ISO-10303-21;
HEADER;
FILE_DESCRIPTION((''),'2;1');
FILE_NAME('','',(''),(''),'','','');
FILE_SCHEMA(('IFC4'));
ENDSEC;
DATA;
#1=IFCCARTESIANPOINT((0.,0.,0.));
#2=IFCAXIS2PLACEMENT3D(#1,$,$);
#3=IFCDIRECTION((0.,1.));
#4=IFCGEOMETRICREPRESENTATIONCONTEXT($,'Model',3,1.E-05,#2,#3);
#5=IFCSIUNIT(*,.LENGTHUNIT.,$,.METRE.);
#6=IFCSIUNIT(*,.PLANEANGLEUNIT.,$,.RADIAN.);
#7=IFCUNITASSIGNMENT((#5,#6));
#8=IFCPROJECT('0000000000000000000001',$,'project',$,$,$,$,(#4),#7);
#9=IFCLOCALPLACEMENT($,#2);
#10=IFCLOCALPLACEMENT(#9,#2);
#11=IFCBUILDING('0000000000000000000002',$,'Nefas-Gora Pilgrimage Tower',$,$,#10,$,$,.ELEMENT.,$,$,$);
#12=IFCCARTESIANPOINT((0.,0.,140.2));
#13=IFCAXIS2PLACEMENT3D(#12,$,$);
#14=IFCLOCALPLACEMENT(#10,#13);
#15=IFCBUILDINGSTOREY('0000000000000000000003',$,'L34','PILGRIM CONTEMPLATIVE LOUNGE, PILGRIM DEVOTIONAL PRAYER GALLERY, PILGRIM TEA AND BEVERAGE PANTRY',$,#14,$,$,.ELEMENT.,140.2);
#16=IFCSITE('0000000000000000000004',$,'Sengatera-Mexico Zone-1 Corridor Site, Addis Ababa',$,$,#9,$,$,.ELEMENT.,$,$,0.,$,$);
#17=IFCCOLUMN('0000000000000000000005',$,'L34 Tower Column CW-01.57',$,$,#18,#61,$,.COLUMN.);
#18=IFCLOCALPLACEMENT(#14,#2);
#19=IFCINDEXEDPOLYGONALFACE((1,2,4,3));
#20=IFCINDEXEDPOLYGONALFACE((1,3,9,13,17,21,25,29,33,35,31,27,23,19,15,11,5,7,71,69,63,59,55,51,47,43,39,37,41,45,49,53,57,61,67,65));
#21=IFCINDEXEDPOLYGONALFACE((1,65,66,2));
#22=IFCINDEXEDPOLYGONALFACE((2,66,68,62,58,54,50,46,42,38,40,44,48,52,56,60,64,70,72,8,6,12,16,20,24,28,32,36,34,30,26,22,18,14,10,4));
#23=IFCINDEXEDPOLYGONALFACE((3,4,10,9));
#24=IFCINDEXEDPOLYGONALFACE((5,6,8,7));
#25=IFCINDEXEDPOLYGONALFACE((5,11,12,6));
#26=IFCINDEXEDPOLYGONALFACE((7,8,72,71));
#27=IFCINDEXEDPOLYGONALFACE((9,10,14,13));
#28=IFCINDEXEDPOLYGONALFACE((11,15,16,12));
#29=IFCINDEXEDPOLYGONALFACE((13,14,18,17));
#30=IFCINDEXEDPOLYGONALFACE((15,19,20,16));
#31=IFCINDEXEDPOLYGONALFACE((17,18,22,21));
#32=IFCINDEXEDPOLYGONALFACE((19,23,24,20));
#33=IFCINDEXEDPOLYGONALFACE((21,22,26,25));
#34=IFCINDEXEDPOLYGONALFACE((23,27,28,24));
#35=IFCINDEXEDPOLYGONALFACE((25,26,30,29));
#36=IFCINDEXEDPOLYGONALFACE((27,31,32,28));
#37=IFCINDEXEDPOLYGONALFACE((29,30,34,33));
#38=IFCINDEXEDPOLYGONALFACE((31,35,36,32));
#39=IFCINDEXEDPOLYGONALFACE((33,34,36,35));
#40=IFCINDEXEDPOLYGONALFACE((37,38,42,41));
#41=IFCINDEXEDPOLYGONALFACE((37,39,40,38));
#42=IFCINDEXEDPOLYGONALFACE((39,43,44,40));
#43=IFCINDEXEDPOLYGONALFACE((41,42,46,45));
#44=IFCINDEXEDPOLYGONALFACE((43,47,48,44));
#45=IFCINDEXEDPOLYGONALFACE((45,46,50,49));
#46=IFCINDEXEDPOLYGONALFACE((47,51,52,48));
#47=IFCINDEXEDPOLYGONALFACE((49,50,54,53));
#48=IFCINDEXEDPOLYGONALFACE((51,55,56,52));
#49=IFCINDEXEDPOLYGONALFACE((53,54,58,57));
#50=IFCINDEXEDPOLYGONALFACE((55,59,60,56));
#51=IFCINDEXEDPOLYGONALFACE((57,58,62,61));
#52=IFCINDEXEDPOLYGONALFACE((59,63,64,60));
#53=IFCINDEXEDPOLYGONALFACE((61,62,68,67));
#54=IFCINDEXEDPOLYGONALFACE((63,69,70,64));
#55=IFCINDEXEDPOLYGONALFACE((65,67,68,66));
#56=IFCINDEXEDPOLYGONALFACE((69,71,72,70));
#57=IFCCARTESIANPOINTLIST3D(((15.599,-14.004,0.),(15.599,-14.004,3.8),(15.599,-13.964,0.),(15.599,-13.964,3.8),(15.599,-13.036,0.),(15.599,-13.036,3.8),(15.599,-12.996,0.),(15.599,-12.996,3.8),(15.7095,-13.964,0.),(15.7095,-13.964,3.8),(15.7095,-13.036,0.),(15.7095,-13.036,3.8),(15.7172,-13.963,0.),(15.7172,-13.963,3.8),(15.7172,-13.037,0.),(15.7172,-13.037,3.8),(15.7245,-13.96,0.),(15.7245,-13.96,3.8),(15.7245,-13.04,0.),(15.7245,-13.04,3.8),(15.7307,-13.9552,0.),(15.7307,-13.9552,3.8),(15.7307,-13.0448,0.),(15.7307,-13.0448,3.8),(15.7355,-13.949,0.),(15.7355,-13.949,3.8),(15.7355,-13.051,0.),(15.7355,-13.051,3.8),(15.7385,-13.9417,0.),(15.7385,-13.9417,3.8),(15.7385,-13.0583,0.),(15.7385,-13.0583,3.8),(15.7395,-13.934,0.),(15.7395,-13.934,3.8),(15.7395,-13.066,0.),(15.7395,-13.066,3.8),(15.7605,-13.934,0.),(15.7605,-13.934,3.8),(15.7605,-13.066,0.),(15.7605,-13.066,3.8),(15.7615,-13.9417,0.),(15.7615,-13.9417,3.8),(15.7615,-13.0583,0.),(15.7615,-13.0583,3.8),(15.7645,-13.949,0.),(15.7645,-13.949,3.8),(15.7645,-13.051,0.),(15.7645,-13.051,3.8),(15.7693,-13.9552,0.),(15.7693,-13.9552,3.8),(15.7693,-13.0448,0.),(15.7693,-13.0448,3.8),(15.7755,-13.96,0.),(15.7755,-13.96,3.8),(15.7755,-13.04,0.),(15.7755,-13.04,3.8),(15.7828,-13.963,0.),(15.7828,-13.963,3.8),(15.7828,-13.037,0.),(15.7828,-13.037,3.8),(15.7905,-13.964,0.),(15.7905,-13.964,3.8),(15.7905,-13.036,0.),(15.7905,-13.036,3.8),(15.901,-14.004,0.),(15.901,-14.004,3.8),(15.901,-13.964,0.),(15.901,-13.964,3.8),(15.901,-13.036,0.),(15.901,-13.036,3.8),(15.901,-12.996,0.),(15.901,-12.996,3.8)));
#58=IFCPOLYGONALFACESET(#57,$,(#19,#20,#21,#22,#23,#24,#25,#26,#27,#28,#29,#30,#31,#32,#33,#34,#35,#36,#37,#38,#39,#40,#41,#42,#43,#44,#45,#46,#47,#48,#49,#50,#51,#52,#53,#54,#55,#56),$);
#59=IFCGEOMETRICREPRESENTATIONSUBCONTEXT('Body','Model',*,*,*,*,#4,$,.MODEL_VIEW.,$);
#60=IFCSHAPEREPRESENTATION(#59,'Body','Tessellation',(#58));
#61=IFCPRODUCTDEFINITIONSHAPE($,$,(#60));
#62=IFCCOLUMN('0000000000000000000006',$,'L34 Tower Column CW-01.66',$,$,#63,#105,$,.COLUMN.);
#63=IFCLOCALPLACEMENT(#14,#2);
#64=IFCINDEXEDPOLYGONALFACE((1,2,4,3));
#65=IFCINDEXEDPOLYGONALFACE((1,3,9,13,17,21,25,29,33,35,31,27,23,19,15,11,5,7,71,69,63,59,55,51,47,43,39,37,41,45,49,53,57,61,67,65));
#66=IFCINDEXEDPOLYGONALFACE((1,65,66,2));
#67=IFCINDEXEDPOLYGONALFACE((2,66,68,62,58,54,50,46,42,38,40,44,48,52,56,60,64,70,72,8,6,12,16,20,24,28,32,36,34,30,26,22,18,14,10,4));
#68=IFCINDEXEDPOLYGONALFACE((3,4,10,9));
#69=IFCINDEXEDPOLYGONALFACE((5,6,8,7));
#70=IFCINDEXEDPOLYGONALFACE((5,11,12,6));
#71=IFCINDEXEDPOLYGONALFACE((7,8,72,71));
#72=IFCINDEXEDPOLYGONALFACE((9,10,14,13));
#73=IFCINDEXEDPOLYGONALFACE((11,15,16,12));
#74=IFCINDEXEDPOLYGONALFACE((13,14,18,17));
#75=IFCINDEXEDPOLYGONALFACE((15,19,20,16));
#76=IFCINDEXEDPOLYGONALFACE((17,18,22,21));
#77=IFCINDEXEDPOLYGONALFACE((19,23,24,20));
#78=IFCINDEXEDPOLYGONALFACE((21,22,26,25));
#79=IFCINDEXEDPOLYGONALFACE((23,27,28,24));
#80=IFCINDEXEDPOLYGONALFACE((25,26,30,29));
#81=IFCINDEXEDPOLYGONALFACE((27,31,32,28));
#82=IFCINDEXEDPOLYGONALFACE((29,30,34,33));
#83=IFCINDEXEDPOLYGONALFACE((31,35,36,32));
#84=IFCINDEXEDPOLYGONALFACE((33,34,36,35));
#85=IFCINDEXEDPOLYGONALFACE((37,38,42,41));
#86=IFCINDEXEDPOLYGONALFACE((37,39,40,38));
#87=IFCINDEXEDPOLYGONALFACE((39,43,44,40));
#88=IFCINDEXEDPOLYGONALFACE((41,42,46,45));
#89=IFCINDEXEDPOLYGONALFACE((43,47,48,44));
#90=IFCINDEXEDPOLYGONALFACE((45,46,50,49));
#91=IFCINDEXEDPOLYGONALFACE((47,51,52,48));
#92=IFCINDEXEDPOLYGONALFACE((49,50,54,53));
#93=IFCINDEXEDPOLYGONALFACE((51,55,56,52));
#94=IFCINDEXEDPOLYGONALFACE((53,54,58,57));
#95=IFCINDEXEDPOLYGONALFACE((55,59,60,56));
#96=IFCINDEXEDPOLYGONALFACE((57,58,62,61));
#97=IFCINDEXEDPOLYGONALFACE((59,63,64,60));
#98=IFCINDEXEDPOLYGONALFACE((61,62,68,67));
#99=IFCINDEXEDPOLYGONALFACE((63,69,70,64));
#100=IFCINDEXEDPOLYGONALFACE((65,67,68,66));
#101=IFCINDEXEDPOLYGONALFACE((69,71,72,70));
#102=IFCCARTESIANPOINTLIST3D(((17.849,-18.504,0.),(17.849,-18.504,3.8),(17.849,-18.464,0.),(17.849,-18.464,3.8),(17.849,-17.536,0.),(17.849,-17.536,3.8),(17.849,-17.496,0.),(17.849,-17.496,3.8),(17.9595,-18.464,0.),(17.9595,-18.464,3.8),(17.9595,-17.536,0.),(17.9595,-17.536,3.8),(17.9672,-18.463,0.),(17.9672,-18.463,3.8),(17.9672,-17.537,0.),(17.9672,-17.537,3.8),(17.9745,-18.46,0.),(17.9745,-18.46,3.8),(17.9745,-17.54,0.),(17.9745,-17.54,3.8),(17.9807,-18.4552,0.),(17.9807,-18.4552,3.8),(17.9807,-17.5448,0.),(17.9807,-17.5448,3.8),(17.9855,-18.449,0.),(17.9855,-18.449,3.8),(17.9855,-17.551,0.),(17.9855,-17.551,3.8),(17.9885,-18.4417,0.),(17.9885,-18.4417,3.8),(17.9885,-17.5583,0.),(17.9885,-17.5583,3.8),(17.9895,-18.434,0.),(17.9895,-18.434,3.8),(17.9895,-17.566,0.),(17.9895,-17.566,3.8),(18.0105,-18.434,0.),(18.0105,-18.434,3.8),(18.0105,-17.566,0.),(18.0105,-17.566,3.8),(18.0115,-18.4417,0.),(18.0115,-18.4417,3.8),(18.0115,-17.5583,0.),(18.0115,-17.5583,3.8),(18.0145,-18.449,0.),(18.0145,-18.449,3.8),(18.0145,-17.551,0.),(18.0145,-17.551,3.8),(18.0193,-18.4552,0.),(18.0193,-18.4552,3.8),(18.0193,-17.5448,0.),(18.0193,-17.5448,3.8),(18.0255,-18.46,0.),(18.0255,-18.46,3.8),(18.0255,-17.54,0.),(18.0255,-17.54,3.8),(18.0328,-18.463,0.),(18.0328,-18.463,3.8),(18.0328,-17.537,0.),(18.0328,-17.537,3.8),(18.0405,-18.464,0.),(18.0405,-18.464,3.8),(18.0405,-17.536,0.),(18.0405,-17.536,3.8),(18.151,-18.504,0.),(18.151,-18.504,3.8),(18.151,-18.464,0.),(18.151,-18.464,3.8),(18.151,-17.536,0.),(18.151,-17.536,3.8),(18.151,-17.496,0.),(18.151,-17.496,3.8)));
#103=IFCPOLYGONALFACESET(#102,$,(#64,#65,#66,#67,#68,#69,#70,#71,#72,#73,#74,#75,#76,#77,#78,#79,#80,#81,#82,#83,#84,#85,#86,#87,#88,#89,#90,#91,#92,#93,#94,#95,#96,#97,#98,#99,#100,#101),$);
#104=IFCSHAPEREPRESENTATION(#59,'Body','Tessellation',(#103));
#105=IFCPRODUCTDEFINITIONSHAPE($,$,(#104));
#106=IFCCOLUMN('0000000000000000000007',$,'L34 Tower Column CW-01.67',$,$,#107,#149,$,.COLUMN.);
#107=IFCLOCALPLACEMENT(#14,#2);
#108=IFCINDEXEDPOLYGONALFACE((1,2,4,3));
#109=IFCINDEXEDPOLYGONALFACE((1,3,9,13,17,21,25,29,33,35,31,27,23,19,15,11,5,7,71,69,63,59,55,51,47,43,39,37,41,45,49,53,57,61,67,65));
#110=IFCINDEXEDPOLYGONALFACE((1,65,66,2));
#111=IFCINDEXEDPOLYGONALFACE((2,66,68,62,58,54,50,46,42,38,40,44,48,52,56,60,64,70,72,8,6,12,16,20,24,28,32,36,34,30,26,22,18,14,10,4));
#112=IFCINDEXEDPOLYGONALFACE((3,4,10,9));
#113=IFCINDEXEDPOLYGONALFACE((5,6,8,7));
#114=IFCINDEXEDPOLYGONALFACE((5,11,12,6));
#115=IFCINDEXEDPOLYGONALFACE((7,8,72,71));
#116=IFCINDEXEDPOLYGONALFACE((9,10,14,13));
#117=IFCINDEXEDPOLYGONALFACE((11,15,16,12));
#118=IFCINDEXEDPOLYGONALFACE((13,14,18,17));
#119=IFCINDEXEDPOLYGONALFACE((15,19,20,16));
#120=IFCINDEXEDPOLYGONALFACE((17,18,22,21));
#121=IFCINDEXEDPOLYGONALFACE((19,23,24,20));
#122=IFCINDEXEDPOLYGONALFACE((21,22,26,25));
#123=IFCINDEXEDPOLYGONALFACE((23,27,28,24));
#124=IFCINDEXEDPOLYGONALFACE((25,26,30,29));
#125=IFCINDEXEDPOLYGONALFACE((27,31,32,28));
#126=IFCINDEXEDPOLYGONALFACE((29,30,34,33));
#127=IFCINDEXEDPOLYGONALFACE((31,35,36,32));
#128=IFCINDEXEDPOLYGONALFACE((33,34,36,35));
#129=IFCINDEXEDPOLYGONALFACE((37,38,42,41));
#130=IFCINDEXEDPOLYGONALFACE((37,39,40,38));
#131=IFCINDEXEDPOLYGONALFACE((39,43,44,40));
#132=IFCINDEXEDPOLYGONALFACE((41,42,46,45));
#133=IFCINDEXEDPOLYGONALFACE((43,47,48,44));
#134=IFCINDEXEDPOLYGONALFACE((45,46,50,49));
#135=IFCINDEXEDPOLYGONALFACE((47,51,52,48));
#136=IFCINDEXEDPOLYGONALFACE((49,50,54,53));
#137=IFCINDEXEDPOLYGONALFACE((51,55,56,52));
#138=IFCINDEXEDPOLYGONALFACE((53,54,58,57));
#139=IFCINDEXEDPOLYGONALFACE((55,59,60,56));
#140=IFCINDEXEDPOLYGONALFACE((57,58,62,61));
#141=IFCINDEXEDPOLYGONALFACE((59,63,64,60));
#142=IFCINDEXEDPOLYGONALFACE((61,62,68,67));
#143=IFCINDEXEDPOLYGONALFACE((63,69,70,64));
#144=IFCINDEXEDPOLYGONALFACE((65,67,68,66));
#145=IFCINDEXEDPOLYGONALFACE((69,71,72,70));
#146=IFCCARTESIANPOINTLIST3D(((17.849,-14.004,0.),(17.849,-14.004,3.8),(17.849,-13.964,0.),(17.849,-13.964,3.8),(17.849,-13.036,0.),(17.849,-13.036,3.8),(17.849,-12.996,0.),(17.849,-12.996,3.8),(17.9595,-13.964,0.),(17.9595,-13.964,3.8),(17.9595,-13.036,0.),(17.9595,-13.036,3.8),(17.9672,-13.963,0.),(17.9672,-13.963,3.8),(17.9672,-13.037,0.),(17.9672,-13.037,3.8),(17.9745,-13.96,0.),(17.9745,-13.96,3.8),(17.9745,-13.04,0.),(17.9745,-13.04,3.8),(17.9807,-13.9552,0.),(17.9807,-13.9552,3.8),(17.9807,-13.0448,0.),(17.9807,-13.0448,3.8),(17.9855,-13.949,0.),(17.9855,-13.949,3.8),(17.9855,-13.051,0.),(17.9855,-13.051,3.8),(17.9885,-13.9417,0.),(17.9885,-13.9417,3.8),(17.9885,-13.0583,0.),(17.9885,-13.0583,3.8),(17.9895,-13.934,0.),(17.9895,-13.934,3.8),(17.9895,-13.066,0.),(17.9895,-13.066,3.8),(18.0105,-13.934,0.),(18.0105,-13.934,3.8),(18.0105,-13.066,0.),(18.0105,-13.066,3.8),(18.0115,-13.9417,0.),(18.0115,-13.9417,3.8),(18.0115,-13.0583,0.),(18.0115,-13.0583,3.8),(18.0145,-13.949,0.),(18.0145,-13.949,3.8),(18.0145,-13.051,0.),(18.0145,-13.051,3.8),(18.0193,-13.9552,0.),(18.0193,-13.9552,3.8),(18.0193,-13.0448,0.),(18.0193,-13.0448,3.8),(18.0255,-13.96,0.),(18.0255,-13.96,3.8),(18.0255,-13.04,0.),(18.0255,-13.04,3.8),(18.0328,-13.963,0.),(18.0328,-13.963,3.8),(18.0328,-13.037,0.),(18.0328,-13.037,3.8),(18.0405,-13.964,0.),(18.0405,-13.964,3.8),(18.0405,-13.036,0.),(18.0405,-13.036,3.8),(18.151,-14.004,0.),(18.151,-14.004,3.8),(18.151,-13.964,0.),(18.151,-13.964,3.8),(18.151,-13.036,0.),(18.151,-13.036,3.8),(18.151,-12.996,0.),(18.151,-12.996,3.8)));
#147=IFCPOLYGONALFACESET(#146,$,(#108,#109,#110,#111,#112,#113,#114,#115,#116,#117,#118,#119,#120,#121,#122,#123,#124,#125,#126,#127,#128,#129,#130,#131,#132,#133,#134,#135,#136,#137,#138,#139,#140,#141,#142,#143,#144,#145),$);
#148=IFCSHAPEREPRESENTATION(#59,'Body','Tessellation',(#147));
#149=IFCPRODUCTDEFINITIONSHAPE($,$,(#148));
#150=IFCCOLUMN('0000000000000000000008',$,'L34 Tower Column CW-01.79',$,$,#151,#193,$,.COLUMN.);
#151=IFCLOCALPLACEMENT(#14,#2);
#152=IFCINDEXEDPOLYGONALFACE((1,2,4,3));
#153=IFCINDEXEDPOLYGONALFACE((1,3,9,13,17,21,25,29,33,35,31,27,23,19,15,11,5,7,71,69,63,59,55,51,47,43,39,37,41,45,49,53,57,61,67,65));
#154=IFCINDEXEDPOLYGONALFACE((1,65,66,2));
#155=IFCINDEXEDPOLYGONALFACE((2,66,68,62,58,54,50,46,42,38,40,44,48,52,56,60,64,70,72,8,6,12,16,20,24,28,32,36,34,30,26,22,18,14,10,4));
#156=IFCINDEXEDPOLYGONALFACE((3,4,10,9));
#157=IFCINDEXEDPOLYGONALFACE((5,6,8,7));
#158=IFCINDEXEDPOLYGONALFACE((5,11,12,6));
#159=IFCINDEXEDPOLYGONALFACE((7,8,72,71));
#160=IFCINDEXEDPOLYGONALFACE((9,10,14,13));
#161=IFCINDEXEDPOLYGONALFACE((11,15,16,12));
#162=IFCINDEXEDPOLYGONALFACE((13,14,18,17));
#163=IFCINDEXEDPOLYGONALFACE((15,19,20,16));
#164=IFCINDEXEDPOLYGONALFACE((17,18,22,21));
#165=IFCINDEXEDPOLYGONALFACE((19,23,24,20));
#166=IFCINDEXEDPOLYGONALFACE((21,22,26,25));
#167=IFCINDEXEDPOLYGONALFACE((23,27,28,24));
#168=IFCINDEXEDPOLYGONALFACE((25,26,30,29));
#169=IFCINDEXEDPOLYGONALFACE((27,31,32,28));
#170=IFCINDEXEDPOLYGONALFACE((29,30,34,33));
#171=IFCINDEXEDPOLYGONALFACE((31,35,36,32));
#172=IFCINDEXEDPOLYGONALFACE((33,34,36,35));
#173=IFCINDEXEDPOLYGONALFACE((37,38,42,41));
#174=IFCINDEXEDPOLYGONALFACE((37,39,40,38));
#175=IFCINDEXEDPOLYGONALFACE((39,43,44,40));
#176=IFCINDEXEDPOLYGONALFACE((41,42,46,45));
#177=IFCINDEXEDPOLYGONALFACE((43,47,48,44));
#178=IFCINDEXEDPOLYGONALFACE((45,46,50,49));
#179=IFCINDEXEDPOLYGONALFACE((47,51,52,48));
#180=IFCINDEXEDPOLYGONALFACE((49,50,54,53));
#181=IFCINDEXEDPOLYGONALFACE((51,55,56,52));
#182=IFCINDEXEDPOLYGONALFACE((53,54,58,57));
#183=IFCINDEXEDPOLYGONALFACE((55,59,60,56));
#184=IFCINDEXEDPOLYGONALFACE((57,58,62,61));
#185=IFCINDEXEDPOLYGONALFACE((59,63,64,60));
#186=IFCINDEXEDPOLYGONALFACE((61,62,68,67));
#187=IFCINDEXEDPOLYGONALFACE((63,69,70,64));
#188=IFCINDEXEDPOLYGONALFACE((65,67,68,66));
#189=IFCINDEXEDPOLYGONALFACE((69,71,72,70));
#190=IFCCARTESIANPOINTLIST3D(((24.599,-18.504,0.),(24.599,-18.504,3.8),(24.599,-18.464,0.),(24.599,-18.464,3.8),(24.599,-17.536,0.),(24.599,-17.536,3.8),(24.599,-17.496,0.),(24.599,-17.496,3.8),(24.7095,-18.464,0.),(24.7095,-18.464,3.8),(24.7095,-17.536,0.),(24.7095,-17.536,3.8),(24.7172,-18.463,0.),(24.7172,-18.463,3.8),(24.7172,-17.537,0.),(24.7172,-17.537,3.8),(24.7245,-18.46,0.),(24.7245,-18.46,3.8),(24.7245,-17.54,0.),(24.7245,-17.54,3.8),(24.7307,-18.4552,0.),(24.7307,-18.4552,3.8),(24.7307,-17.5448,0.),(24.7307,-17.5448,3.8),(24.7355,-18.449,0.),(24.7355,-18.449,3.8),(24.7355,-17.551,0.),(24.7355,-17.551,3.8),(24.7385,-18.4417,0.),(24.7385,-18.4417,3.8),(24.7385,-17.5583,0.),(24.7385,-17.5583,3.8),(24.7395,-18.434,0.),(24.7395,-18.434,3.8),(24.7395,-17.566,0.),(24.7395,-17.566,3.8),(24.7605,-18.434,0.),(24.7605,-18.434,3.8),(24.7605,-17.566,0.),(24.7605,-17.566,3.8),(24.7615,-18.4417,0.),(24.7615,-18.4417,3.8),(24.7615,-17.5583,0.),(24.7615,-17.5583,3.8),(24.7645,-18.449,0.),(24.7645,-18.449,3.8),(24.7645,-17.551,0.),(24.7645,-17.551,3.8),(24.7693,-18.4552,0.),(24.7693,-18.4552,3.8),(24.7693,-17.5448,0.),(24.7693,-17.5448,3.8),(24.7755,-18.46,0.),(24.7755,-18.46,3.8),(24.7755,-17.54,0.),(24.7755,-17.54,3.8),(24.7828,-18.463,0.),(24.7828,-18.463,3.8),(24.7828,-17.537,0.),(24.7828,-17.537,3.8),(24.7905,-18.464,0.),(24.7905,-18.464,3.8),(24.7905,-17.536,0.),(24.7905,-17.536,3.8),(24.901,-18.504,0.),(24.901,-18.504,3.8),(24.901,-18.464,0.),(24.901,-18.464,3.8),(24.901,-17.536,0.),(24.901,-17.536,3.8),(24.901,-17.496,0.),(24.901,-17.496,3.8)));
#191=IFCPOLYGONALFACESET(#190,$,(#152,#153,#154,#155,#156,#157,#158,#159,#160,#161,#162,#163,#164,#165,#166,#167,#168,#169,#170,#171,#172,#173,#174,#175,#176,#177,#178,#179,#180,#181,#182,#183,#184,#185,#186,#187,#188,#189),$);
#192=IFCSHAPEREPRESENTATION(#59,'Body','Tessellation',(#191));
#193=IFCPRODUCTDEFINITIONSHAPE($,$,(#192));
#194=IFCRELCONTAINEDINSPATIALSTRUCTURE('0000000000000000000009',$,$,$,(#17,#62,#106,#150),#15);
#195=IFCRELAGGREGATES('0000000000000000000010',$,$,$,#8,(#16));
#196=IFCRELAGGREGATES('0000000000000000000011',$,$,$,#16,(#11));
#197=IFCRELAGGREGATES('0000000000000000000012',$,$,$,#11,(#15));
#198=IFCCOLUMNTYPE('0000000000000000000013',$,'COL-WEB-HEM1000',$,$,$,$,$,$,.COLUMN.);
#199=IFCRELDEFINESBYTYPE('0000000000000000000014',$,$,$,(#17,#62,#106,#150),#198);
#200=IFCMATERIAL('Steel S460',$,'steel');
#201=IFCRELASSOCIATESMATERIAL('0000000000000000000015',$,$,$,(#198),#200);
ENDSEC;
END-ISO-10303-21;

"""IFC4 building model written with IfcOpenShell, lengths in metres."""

from ifc_helpers import new_model, si_unit, direction, frame, origin, origin_2d, place, context, subcontext, project, spatial, i_section, extrude, source, transform, mapped, material, material_profile, profile_set, type_object, element, save


model = new_model("IFC4")

# Units and contexts
model_context = context("Model", 3, precision=1e-05, world=origin(), true_north=direction((0.0, 1.0)))
body_context = subcontext(model_context, "Body", "Model", "MODEL_VIEW")
ifc_project = project(units=[si_unit("LENGTHUNIT", "METRE"), si_unit("PLANEANGLEUNIT", "RADIAN")], contexts=[model_context])

# Site, building, storey
site_placement = place(None, origin())
site = spatial("IfcSite", under=ifc_project, at=site_placement, Name="Sengatera-Mexico Zone-1 Corridor Site, Addis Ababa", CompositionType="ELEMENT", RefElevation=0.0)
building_placement = place(site_placement, origin())
building = spatial("IfcBuilding", under=site, at=building_placement, Name="Nefas-Gora Pilgrimage Tower", CompositionType="ELEMENT")
storey_placement = place(building_placement, frame((0.0, 0.0, 140.2)))
storey = spatial("IfcBuildingStorey", under=building, at=storey_placement, Name="L34", Description="PILGRIM CONTEMPLATIVE LOUNGE, PILGRIM DEVOTIONAL PRAYER GALLERY, PILGRIM TEA AND BEVERAGE PANTRY", CompositionType="ELEMENT", Elevation=140.2)

# Columns
ifc_material_1 = material(Name="Steel S460", Category="steel")
ifc_material_profile_1 = material_profile(ifc_material_1, i_section(OverallWidth=0.302, OverallDepth=1.0081, WebThickness=0.021, FlangeThickness=0.04, FilletRadius=0.03, at=origin_2d()), Name="HEM 1000")
ifc_profile_set_1 = profile_set([ifc_material_profile_1], Name="Steel S460")
column_type_1 = type_object("IfcColumnType", Name="COL-WEB-HEM1000", PredefinedType="COLUMN", material=ifc_profile_set_1)
shared_shape_1 = source(origin(), body_context, "Body", "SweptSolid", [
    extrude(i_section(OverallWidth=0.302, OverallDepth=1.0081, WebThickness=0.021, FlangeThickness=0.04, FilletRadius=0.03, at=origin_2d()), origin(), (0.0, 0.0, 1.0), 3.8),
])
for number, where, z_axis, x_axis, name in (
    (1, (15.75, -13.5, 0.0), (0.0, 0.0, 1.0), (1.0, 0.0, 0.0), "L34 Tower Column CW-01.57"),
    (2, (18.0, -18.0, 0.0), (0.0, 0.0, 1.0), (1.0, 0.0, 0.0), "L34 Tower Column CW-01.66"),
    (3, (18.0, -13.5, 0.0), (0.0, 0.0, 1.0), (1.0, 0.0, 0.0), "L34 Tower Column CW-01.67"),
    (4, (24.75, -18.0, 0.0), (0.0, 0.0, 1.0), (1.0, 0.0, 0.0), "L34 Tower Column CW-01.79"),
):
    element("IfcColumn", number, at=place(storey_placement, frame(where, z_axis=z_axis, x_axis=x_axis)), inside=storey, type_object=column_type_1, Name=name, PredefinedType="COLUMN", context=body_context, shape_type="MappedRepresentation", body=[
        mapped(shared_shape_1, transform((0.0, 0.0, 0.0), x_axis=(1.0, 0.0, 0.0), y_axis=(0.0, 1.0, 0.0), z_axis=(0.0, 0.0, 1.0), scale=1.0)),
    ])

save(model, "model.ifc")
